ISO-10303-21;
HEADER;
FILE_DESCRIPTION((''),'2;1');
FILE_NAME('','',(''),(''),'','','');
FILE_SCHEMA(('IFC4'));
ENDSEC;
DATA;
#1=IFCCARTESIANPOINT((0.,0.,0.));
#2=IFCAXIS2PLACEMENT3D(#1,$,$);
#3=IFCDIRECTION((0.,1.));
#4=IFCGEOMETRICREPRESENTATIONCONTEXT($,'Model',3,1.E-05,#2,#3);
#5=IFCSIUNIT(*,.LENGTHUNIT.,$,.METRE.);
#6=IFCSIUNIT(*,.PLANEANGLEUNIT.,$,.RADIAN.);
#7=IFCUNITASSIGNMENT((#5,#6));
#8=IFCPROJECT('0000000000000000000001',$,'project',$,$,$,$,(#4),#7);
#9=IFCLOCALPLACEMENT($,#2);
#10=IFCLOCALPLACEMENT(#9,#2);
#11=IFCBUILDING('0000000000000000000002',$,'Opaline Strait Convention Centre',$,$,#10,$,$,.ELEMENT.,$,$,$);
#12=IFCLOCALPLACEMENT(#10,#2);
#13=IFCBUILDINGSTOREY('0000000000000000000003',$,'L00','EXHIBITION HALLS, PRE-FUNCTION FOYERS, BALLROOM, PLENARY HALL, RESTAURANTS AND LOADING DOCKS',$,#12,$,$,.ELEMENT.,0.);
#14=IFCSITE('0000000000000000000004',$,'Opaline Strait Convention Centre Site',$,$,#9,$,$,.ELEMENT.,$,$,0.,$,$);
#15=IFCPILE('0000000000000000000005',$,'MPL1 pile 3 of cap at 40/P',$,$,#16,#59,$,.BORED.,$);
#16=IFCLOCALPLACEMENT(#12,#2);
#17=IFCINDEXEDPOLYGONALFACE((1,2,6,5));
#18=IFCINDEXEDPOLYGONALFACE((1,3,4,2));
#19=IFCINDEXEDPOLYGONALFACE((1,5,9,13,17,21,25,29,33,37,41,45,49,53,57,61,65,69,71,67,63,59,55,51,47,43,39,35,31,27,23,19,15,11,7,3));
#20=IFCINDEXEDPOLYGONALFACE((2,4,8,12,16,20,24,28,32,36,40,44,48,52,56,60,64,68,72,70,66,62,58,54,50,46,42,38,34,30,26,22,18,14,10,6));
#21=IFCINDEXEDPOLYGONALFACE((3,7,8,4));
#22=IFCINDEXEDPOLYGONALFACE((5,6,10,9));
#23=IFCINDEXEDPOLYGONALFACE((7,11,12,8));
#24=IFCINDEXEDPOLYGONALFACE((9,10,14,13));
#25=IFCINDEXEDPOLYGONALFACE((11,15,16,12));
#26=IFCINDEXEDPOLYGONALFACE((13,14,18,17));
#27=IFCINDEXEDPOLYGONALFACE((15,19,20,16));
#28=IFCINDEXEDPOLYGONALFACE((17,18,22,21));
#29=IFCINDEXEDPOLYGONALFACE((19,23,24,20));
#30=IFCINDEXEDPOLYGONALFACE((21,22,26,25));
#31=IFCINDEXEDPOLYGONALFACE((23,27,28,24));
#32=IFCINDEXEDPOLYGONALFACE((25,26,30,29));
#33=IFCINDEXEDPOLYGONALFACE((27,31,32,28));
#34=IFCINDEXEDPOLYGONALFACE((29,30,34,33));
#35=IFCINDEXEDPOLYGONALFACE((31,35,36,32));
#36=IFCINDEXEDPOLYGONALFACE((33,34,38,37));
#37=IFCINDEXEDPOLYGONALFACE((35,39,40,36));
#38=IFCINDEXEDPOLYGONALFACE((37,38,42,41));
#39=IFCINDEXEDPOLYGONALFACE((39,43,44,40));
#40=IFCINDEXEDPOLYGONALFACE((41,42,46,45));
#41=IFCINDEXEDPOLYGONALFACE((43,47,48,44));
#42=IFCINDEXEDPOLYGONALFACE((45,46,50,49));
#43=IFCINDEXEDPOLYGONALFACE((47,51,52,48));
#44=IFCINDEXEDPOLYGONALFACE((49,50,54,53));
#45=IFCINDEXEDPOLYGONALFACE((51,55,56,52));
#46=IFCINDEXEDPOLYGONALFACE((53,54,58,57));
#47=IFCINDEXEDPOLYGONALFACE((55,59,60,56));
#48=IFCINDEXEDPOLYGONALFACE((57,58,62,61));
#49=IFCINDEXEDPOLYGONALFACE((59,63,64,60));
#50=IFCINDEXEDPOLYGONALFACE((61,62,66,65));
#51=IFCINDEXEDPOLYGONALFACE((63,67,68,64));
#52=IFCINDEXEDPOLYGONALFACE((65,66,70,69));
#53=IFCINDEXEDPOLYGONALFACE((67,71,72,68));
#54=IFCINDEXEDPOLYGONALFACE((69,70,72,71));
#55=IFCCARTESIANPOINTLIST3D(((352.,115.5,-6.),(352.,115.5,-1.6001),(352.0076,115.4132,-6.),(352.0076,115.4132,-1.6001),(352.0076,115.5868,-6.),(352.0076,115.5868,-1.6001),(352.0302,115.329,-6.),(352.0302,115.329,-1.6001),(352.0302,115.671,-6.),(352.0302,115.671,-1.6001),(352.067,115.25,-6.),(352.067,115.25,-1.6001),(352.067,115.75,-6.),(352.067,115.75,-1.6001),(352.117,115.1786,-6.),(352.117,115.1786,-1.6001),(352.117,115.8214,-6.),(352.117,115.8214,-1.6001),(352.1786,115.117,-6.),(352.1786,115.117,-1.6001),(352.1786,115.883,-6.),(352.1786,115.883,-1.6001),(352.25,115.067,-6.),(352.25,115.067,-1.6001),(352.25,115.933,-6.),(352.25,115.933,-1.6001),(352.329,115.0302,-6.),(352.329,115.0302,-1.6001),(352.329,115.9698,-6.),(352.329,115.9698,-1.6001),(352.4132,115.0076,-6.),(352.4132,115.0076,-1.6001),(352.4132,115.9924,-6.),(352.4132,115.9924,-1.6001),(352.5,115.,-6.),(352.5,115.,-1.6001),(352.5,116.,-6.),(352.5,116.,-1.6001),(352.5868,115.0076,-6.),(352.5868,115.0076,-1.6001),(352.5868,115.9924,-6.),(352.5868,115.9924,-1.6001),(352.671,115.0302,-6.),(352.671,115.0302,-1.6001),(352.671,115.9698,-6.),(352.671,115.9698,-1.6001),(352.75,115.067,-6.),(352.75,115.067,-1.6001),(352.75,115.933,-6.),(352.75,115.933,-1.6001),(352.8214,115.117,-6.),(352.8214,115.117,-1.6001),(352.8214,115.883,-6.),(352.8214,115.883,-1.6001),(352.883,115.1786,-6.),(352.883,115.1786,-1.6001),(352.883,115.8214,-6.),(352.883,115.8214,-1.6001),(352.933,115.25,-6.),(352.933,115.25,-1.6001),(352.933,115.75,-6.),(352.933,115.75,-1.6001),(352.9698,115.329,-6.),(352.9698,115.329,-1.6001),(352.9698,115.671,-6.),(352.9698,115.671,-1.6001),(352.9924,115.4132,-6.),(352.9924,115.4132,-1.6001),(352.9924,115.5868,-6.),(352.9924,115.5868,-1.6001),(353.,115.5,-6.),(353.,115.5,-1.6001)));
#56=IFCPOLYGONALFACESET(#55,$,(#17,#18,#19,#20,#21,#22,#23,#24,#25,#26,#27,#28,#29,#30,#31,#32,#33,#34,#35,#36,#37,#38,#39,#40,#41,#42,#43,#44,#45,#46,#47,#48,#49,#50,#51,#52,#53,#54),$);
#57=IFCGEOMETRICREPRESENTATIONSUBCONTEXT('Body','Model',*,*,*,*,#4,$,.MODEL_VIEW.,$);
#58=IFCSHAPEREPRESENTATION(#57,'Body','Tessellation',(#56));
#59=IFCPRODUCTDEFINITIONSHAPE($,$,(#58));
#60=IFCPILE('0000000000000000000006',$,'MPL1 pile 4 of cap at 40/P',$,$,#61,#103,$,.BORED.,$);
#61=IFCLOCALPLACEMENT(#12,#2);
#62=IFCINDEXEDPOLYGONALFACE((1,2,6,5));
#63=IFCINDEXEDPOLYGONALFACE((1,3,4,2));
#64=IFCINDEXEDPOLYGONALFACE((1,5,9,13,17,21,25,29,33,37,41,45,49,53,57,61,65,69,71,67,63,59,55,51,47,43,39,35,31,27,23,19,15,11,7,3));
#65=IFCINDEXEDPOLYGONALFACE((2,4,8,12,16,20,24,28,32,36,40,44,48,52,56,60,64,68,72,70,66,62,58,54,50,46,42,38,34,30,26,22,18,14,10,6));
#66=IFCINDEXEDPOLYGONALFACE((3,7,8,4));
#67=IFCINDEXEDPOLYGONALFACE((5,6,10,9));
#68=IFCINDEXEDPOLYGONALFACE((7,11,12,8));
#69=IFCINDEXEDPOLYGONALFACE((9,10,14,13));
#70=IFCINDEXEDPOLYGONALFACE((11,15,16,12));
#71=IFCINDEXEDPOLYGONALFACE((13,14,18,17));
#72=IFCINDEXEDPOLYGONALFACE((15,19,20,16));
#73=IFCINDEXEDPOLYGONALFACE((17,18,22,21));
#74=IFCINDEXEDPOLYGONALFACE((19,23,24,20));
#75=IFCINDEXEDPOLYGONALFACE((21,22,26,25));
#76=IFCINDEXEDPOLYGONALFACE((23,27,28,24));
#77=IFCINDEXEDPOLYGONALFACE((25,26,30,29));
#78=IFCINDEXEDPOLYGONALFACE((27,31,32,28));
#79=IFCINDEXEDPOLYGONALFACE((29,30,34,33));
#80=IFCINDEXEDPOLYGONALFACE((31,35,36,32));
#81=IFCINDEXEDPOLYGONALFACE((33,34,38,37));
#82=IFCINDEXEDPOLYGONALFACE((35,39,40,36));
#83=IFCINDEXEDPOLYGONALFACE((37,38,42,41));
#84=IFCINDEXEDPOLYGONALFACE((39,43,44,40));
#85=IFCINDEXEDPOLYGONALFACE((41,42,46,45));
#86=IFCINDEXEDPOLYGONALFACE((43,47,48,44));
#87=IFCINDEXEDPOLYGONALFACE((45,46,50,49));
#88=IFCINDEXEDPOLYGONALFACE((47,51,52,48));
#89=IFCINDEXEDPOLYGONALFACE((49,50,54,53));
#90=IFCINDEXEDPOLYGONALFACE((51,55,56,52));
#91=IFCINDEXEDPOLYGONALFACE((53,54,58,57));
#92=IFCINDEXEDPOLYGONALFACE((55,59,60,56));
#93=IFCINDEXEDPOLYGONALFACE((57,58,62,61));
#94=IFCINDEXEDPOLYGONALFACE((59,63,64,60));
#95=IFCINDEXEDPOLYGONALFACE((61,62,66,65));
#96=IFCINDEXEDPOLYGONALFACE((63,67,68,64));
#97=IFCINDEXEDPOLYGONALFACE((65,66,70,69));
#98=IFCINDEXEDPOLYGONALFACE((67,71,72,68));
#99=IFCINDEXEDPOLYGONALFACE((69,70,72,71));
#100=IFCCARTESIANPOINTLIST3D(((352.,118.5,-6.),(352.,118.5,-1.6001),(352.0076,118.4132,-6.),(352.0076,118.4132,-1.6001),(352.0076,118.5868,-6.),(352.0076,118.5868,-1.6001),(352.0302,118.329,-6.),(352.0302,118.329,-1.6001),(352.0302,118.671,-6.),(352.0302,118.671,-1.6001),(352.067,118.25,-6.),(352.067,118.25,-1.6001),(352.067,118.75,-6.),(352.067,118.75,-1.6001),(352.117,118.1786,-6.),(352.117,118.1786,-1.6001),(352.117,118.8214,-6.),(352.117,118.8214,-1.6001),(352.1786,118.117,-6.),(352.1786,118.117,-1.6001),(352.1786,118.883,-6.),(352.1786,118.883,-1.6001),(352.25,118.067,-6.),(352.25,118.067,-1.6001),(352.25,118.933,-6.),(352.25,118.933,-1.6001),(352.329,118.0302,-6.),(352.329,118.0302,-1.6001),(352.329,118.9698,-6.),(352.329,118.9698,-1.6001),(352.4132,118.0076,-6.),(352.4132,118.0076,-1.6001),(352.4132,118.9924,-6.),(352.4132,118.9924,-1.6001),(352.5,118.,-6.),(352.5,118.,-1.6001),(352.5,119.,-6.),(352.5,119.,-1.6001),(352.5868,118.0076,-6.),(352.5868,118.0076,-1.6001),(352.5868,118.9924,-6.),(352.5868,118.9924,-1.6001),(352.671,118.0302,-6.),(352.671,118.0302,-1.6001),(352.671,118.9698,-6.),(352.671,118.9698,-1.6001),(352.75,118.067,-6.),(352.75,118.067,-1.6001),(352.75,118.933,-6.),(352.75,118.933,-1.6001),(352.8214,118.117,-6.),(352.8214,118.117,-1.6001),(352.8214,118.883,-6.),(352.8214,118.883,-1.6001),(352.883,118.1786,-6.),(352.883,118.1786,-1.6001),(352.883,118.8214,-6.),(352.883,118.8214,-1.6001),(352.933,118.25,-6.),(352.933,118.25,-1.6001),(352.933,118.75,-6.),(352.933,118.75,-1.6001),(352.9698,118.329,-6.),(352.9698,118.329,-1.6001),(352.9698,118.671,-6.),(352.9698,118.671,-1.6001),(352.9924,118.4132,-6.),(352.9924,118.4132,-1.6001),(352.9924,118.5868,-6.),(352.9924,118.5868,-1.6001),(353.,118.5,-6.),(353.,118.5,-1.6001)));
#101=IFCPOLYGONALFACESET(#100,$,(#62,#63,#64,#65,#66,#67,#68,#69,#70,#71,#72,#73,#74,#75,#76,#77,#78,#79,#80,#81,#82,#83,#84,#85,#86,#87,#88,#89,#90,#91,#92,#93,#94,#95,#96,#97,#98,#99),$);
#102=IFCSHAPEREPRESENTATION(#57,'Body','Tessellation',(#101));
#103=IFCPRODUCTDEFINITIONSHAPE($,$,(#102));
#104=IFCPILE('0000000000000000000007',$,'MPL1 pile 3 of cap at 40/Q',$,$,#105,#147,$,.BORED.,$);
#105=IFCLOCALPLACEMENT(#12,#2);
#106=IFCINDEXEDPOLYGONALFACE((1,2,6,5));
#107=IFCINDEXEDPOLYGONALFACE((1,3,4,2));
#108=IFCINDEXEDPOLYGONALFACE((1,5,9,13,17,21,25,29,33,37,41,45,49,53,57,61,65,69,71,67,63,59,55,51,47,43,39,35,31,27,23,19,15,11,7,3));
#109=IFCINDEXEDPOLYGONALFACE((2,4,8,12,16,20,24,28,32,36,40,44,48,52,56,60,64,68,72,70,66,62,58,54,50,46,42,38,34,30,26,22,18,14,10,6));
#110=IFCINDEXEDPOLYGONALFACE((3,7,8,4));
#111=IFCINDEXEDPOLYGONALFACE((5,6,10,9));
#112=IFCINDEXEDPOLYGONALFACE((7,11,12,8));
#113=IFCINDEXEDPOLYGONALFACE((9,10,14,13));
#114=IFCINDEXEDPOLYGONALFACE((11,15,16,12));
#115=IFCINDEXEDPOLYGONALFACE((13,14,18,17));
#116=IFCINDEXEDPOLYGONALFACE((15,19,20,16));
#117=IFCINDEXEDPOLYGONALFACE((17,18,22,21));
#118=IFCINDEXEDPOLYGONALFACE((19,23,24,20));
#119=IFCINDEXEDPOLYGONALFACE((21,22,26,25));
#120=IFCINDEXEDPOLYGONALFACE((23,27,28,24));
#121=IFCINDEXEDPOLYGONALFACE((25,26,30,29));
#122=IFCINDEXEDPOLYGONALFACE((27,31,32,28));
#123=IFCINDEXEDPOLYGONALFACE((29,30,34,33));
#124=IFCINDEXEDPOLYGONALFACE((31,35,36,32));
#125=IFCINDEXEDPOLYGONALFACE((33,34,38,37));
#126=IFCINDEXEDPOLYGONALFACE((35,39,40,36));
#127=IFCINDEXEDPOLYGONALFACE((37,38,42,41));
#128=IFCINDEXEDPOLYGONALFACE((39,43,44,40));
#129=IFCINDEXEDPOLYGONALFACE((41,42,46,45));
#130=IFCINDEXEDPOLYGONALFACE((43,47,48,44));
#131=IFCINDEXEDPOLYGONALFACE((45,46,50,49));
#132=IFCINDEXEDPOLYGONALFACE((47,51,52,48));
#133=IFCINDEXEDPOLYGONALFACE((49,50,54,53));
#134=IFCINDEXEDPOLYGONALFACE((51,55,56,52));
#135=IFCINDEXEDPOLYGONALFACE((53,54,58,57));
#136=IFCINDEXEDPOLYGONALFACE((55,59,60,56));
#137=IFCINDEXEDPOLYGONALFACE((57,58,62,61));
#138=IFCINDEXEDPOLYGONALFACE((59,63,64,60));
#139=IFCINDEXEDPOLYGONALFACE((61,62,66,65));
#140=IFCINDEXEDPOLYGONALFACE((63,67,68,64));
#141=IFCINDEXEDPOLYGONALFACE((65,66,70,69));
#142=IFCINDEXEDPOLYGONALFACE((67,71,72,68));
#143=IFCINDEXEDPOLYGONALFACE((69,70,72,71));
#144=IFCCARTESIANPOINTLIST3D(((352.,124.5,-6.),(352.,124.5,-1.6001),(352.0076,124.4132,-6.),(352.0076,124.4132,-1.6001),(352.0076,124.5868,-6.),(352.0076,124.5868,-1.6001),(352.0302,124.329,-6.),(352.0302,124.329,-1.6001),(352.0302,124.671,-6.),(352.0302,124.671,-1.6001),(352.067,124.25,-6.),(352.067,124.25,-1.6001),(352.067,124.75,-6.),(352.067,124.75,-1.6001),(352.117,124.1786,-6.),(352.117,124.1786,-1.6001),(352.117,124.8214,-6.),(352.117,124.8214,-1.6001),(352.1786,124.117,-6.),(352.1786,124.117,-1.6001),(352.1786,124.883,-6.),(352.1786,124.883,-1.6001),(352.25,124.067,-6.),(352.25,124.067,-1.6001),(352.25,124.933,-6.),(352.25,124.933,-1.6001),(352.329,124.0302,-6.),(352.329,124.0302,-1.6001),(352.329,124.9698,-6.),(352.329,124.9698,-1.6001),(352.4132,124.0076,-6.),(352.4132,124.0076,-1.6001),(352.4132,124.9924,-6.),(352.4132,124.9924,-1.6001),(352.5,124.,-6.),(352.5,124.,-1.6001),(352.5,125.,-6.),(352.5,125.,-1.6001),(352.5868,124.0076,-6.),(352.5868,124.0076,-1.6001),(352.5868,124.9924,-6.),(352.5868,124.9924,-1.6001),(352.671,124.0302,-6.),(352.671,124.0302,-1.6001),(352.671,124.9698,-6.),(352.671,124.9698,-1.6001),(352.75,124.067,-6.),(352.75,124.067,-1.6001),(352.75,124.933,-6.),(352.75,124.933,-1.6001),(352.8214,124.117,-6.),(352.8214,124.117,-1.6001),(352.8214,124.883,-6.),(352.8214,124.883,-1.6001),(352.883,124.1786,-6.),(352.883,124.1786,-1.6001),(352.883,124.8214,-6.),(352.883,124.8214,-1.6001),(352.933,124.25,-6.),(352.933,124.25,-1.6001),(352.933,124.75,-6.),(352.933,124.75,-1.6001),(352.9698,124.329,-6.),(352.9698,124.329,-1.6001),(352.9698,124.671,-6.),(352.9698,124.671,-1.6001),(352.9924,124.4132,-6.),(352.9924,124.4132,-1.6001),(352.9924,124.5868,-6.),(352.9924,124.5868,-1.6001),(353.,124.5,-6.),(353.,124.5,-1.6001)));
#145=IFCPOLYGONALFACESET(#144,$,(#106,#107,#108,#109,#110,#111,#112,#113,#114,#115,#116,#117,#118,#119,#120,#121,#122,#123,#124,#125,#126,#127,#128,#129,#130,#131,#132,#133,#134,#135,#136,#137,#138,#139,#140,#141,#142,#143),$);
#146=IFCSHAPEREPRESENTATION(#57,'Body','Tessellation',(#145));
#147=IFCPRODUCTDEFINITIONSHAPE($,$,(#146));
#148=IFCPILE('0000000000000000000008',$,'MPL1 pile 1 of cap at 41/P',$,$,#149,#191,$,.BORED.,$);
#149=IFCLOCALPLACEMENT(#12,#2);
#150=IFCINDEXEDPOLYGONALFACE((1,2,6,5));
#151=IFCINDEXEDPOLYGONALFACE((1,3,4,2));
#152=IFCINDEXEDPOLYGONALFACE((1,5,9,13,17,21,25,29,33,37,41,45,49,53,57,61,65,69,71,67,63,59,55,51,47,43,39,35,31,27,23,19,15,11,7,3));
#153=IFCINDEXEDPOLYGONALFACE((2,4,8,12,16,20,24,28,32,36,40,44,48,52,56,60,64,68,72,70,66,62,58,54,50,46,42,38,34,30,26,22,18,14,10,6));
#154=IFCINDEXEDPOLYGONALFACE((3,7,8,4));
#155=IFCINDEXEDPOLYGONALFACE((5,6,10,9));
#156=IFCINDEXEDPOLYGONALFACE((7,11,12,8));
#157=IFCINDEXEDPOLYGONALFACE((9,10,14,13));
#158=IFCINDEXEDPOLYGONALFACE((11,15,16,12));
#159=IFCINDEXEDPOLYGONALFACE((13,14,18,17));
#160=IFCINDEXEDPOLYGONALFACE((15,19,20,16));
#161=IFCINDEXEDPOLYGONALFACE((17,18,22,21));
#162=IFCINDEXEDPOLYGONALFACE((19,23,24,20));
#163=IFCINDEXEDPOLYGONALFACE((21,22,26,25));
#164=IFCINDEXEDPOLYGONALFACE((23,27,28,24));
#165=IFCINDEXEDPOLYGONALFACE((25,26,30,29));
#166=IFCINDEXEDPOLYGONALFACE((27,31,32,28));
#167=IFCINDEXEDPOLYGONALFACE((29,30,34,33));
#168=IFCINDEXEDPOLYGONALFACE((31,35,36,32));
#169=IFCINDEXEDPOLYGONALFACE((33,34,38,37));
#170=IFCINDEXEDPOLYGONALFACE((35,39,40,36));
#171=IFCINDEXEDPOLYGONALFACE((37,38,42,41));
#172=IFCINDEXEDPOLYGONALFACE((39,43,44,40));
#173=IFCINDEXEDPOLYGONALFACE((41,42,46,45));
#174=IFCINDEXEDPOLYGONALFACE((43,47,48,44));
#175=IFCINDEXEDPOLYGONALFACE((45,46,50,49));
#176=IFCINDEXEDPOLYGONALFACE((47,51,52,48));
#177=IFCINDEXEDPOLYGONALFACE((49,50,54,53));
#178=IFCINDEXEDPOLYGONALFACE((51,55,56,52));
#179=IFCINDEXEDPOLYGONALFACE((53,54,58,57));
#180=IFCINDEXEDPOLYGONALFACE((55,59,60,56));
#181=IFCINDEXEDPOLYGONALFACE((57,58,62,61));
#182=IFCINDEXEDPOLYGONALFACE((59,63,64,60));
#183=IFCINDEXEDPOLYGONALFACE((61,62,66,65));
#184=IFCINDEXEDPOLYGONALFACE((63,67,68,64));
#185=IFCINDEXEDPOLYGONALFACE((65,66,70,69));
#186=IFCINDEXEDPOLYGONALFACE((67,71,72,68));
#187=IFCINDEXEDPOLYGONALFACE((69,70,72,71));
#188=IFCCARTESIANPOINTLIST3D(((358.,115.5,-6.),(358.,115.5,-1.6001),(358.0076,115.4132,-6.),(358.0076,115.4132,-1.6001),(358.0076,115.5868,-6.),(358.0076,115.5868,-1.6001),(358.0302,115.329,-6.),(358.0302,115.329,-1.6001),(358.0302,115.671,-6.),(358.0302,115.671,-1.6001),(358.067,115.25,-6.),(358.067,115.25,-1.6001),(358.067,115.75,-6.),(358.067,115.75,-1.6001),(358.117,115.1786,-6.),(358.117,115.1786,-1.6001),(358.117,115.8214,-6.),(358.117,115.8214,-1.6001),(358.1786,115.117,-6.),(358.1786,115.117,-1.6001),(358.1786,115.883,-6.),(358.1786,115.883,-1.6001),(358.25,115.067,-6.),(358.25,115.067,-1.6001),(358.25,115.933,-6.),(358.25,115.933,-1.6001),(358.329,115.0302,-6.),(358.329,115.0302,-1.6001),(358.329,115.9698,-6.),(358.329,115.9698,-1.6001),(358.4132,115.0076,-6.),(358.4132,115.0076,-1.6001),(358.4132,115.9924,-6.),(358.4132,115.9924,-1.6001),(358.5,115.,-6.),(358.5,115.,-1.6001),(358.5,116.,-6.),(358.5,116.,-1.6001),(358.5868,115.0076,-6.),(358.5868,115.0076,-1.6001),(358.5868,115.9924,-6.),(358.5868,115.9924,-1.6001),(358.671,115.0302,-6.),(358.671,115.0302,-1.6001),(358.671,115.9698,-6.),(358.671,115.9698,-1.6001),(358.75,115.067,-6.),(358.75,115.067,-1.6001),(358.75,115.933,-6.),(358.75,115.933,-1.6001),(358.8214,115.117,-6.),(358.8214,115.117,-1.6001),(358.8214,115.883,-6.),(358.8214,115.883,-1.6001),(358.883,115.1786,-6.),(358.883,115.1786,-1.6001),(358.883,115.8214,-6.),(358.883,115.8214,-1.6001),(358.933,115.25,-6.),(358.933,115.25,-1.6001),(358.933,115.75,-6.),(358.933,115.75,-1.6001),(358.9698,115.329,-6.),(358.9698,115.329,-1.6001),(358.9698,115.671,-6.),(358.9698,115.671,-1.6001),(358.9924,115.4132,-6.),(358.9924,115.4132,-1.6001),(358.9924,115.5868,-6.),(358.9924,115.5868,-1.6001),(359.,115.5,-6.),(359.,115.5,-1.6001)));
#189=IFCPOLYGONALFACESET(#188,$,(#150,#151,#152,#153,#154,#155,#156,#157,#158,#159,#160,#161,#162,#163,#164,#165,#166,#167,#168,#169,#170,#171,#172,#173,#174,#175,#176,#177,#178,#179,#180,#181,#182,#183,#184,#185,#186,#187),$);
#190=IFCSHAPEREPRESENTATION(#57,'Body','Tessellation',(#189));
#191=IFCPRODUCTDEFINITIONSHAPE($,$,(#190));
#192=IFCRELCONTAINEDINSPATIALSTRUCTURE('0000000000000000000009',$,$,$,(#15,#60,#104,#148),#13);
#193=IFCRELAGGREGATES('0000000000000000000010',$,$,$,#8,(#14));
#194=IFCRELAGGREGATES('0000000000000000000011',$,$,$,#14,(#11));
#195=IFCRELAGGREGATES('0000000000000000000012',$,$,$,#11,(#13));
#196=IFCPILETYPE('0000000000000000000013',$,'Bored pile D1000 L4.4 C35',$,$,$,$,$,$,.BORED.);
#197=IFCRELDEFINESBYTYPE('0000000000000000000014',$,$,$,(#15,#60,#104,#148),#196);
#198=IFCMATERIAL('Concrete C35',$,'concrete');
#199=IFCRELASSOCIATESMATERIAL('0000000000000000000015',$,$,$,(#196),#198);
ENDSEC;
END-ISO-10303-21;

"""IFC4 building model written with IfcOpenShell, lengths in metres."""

from ifc_helpers import new_model, si_unit, direction, frame, origin, origin_2d, place, context, subcontext, project, spatial, circle, extrude, material, material_profile, profile_set, type_object, element, save


model = new_model("IFC4")

# Units and contexts
model_context = context("Model", 3, precision=1e-05, world=origin(), true_north=direction((0.0, 1.0)))
body_context = subcontext(model_context, "Body", "Model", "MODEL_VIEW")
ifc_project = project(units=[si_unit("LENGTHUNIT", "METRE"), si_unit("PLANEANGLEUNIT", "RADIAN")], contexts=[model_context])

# Site, building, storey
site_placement = place(None, origin())
site = spatial("IfcSite", under=ifc_project, at=site_placement, Name="Opaline Strait Convention Centre Site", CompositionType="ELEMENT", RefElevation=0.0)
building_placement = place(site_placement, origin())
building = spatial("IfcBuilding", under=site, at=building_placement, Name="Opaline Strait Convention Centre", CompositionType="ELEMENT")
storey_placement = place(building_placement, origin())
storey = spatial("IfcBuildingStorey", under=building, at=storey_placement, Name="L00", Description="EXHIBITION HALLS, PRE-FUNCTION FOYERS, BALLROOM, PLENARY HALL, RESTAURANTS AND LOADING DOCKS", CompositionType="ELEMENT", Elevation=0.0)

# Piles
ifc_material_1 = material(Name="Concrete C35", Category="concrete")
ifc_material_profile_1 = material_profile(ifc_material_1, circle(Radius=0.5, at=origin_2d()), Name="D1000")
ifc_profile_set_1 = profile_set([ifc_material_profile_1], Name="Concrete C35")
pile_type = type_object("IfcPileType", Name="Bored pile D1000 L4.4 C35", PredefinedType="BORED", material=ifc_profile_set_1)
for number, where, z_axis, x_axis, name in (
    (1, (352.5, 115.5, -1.6001), (0.0, 0.0, -1.0), (1.0, 0.0, 0.0), "MPL1 pile 3 of cap at 40/P"),
    (2, (352.5, 118.5, -1.6001), (0.0, 0.0, -1.0), (1.0, 0.0, 0.0), "MPL1 pile 4 of cap at 40/P"),
    (3, (352.5, 124.5, -1.6001), (0.0, 0.0, -1.0), (1.0, 0.0, 0.0), "MPL1 pile 3 of cap at 40/Q"),
    (4, (358.5, 115.5, -1.6001), (0.0, 0.0, -1.0), (1.0, 0.0, 0.0), "MPL1 pile 1 of cap at 41/P"),
):
    element("IfcPile", number, at=place(storey_placement, frame(where, z_axis=z_axis, x_axis=x_axis)), inside=storey, type_object=pile_type, Name=name, PredefinedType="BORED", context=body_context, shape_type="SweptSolid", body=[
        extrude(circle(Radius=0.5, at=origin_2d()), origin(), (0.0, 0.0, 1.0), 4.3999),
    ])

save(model, "model.ifc")
